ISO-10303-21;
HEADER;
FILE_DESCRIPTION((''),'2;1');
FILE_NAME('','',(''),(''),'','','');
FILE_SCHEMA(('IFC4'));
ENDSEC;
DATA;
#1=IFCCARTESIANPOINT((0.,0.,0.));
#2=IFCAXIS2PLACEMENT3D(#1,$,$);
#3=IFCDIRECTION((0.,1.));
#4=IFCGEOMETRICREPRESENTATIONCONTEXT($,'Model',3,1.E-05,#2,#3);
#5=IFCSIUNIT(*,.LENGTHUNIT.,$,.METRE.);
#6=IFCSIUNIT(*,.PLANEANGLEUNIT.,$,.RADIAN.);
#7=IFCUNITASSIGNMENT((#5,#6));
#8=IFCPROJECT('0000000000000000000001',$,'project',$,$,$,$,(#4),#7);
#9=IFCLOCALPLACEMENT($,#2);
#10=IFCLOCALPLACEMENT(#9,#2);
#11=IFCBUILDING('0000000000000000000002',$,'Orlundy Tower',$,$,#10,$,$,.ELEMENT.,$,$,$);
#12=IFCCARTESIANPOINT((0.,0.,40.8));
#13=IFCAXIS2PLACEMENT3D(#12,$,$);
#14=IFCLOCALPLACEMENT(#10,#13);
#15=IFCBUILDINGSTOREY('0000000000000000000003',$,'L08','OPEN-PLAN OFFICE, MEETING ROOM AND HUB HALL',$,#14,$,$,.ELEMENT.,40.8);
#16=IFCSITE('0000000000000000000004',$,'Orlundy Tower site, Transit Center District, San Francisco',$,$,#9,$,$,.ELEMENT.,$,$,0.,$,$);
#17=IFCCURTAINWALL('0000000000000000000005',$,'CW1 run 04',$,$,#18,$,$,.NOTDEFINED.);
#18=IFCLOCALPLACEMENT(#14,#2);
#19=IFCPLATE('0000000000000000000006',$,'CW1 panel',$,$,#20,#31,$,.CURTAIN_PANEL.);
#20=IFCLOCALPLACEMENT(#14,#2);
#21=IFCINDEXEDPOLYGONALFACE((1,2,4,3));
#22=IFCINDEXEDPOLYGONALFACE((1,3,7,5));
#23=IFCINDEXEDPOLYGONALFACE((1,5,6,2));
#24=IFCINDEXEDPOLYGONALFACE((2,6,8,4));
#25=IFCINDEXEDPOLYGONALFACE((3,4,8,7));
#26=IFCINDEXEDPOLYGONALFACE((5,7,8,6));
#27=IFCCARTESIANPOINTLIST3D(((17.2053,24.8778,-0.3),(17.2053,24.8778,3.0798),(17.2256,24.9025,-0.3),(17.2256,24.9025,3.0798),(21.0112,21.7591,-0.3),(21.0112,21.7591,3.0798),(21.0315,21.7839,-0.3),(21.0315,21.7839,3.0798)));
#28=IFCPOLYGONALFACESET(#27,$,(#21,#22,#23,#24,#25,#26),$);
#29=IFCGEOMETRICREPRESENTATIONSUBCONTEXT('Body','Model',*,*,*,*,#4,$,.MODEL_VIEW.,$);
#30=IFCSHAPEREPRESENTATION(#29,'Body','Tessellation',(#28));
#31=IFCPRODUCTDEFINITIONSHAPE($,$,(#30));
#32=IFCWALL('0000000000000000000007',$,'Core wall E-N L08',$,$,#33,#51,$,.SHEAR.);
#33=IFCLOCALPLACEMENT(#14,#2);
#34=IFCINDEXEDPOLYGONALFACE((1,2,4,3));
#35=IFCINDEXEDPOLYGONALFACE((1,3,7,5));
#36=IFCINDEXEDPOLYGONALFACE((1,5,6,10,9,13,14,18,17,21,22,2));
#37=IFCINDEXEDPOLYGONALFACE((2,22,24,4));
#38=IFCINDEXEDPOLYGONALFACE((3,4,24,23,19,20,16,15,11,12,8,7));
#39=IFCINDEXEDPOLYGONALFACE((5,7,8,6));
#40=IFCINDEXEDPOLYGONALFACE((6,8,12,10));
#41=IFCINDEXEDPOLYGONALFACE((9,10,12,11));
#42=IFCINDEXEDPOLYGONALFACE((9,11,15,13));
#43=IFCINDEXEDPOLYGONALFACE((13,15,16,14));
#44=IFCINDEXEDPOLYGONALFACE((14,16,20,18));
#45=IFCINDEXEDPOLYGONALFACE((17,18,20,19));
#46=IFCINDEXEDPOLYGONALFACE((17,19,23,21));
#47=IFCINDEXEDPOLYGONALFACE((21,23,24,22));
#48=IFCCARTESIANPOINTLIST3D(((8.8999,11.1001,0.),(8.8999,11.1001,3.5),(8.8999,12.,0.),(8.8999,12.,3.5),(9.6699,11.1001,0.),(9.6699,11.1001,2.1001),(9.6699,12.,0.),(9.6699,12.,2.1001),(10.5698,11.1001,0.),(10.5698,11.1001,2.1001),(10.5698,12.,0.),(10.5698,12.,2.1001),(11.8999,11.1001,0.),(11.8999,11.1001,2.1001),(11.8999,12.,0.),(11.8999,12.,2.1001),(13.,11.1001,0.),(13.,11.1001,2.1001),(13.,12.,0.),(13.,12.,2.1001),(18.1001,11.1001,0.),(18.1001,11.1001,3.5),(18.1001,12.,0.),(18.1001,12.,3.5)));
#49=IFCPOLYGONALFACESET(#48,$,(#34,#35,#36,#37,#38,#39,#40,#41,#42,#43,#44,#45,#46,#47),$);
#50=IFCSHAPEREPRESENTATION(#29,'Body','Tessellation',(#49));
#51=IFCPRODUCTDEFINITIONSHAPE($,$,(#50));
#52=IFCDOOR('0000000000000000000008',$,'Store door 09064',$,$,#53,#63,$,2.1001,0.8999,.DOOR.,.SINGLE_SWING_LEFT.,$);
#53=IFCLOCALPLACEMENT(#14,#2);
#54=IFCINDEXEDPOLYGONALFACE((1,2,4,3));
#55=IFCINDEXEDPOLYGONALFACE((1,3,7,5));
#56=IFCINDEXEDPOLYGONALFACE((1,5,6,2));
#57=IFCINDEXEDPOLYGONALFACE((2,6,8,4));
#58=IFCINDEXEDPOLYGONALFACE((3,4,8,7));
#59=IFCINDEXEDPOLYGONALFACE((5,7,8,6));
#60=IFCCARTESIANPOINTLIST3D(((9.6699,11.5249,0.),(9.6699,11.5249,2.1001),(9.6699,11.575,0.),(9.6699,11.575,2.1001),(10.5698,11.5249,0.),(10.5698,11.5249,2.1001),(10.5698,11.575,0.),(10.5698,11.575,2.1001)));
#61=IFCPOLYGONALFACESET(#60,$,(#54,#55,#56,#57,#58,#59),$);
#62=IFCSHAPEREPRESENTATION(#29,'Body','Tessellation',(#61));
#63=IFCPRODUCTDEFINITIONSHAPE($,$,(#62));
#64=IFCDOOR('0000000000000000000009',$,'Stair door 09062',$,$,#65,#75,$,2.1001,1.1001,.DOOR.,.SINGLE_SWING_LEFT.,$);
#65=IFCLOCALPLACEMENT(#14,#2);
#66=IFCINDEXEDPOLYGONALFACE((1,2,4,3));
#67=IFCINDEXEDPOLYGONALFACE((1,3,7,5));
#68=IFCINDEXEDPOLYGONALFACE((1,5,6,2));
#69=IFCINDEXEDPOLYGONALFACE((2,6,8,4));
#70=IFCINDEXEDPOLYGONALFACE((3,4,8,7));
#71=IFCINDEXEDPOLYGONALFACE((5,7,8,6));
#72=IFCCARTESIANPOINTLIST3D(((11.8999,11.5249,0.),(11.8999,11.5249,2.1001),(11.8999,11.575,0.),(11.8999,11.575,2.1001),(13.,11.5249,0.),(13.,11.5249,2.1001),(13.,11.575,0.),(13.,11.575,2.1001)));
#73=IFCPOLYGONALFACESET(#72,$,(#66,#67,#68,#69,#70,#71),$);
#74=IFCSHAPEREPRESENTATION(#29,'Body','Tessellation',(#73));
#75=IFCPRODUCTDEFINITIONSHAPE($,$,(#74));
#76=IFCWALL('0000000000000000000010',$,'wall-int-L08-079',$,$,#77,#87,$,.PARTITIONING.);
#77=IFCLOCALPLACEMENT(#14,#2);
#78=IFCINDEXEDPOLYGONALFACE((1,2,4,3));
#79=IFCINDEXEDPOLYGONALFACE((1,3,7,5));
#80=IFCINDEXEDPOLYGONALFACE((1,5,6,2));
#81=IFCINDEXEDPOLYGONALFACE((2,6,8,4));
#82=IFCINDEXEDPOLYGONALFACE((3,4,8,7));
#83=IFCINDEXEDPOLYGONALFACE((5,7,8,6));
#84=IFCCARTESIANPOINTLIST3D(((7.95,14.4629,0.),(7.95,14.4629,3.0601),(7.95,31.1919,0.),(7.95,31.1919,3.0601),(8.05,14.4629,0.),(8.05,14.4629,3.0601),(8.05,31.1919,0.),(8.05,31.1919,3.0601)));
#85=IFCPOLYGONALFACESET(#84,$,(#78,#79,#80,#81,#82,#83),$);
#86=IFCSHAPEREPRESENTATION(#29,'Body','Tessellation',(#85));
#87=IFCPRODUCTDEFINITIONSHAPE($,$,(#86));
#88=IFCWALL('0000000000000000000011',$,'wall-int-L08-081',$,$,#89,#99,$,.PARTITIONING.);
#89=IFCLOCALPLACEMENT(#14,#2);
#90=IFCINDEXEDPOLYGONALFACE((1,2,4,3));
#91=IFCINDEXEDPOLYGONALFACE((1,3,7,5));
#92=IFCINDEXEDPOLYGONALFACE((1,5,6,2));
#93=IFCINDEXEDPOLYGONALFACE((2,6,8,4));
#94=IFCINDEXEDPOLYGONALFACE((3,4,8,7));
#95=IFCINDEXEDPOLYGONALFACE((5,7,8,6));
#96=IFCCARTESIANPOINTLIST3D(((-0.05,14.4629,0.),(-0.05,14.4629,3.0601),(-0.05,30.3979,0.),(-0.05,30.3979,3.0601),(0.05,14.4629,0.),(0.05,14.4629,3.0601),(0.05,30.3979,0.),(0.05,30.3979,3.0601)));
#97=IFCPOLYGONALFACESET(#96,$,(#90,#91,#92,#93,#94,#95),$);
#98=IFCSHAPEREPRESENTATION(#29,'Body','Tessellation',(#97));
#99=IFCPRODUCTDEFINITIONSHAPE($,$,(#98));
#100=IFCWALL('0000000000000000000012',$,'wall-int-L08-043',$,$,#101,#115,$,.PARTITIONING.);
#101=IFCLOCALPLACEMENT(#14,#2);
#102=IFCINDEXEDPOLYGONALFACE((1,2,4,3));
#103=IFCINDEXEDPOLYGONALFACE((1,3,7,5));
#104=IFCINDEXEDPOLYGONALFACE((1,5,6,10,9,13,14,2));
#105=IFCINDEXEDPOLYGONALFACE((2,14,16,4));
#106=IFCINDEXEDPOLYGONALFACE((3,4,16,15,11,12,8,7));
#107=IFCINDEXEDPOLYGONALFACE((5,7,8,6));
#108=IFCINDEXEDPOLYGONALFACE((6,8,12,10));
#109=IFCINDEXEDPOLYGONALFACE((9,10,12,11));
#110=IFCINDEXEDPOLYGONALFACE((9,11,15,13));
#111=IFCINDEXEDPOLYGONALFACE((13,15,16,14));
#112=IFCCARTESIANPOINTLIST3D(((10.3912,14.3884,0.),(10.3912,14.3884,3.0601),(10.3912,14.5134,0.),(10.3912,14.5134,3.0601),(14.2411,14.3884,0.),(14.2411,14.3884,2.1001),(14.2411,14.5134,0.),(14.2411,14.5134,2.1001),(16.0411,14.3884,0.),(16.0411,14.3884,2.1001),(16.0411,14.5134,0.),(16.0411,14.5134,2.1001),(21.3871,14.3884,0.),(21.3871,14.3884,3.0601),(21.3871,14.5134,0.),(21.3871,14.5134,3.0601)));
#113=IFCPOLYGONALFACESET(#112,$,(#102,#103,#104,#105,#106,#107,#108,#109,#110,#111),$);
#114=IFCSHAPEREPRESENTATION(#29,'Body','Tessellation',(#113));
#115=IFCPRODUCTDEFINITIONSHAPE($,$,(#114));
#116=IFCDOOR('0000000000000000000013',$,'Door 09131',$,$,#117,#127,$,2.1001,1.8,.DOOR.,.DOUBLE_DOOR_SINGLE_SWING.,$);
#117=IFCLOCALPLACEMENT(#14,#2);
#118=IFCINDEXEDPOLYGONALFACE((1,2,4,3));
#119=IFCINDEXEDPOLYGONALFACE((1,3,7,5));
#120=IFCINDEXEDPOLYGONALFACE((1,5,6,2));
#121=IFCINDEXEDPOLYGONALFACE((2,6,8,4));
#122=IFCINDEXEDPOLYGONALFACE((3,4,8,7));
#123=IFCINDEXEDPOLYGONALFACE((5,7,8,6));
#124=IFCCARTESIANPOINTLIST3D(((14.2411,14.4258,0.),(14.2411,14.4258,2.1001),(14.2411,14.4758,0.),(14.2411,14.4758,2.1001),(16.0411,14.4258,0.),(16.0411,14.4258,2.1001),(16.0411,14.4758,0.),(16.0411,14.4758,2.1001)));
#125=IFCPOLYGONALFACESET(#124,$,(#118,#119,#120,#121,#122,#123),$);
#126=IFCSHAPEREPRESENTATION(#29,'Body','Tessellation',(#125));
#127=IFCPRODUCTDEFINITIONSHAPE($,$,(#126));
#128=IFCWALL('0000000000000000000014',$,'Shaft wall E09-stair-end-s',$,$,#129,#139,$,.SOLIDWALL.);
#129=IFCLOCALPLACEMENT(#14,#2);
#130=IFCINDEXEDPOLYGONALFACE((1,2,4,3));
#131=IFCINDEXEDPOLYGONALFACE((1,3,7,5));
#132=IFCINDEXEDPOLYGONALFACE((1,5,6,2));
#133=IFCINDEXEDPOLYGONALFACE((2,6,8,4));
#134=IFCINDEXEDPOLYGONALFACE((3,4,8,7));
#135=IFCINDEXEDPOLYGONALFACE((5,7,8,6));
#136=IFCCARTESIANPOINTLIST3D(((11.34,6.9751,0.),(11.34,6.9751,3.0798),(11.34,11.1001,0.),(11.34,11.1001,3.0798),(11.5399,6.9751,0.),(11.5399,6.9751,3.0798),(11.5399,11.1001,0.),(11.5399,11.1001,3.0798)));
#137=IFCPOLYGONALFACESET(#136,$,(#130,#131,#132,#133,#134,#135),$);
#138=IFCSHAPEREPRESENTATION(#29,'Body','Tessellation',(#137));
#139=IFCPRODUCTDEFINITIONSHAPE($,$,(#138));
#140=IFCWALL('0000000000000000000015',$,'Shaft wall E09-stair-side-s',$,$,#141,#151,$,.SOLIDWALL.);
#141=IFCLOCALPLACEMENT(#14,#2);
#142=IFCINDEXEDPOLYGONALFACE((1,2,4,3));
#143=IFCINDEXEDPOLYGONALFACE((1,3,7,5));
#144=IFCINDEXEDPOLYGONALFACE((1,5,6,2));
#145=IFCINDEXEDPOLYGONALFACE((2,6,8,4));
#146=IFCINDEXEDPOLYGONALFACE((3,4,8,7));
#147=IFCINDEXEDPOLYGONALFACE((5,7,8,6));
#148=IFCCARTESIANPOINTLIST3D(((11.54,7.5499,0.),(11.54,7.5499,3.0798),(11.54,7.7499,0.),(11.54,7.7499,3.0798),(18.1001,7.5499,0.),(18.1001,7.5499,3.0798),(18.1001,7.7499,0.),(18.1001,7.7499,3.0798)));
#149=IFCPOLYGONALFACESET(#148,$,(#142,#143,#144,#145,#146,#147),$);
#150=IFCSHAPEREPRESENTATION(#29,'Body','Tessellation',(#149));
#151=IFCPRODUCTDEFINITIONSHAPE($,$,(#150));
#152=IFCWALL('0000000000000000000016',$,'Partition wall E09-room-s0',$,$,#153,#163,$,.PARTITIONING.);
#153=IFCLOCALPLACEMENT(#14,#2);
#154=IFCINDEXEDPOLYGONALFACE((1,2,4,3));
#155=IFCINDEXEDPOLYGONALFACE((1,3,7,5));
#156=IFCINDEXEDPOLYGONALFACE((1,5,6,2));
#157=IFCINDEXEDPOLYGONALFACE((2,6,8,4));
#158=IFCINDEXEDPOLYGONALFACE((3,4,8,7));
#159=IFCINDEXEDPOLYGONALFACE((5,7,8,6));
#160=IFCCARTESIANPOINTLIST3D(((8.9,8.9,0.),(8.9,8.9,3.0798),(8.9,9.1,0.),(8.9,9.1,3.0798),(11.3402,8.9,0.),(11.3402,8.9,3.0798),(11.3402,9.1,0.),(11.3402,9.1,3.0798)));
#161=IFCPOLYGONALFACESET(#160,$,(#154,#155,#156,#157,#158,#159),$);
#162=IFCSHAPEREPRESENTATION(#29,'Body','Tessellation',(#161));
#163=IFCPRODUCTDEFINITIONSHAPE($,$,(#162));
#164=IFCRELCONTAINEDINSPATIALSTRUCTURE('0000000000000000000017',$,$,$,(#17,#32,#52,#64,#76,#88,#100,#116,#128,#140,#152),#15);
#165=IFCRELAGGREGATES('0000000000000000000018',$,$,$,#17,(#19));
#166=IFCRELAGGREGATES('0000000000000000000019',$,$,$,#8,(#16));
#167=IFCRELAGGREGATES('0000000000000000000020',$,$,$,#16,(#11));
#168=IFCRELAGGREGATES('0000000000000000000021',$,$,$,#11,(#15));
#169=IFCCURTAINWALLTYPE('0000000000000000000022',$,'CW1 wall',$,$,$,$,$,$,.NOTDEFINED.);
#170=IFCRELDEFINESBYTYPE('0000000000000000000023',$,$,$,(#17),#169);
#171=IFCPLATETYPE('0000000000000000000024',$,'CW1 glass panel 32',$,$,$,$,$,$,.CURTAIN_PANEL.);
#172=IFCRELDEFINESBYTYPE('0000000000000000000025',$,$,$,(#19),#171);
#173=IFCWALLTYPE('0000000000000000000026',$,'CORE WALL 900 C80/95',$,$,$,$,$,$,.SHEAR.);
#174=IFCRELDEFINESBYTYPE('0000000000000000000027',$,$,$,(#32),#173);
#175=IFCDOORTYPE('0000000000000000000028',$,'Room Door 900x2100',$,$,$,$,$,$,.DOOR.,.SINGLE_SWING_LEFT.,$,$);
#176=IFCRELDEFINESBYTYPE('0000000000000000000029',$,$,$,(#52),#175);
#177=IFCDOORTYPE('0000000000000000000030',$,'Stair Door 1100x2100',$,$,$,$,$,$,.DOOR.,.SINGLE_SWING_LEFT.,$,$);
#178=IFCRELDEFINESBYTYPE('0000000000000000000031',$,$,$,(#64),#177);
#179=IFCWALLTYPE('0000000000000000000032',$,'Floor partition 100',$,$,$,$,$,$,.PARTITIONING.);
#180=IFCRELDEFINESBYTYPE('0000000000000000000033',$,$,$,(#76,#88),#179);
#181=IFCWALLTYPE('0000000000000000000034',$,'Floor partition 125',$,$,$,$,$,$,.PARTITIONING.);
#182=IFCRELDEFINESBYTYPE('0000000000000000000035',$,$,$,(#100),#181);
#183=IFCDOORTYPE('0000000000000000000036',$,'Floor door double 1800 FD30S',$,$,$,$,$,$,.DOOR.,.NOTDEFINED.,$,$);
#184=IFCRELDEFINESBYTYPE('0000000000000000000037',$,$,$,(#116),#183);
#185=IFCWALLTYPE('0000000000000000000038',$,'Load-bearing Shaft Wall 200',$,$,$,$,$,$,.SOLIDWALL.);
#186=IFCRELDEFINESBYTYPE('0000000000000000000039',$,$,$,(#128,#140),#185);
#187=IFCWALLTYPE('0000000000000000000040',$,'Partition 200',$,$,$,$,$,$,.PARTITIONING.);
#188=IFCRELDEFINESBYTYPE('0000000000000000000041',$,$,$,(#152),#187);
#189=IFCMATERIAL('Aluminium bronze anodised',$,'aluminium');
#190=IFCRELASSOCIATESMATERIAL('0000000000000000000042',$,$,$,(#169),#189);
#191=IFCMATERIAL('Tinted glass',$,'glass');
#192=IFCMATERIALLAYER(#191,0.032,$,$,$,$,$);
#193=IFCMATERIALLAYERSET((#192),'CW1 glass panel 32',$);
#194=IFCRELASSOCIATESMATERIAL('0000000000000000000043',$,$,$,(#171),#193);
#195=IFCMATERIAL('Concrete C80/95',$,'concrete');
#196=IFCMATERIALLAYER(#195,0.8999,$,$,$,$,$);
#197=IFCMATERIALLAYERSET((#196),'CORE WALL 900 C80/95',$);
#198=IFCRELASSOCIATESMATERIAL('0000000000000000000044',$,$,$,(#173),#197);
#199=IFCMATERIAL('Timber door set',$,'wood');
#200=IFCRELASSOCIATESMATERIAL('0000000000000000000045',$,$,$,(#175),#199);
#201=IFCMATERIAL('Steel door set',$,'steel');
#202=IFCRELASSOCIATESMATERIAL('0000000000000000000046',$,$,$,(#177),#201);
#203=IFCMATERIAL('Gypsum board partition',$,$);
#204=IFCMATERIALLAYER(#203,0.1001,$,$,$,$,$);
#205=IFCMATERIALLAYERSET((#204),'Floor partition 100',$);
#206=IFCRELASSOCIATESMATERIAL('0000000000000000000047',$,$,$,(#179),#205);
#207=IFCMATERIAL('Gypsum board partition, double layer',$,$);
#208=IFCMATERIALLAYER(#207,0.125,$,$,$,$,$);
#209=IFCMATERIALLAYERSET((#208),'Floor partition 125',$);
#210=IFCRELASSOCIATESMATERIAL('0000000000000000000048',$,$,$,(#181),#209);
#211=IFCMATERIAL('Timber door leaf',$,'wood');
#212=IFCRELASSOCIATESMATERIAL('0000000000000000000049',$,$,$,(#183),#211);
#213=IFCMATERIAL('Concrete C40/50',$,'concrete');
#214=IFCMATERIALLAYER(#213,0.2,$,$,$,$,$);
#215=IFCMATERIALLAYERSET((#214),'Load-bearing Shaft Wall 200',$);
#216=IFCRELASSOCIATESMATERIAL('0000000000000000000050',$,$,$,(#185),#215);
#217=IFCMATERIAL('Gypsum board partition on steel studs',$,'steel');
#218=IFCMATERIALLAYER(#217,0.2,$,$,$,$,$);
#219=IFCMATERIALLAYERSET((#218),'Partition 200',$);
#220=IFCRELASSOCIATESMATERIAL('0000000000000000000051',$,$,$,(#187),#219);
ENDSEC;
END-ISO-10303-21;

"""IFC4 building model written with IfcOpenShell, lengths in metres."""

from ifc_helpers import new_model, si_unit, direction, frame, frame_2d, origin, origin_2d, place, context, subcontext, project, spatial, rectangle, extrude, material, layer, layer_set, type_object, element, fill, aggregate, save


model = new_model("IFC4")

# Units and contexts
model_context = context("Model", 3, precision=1e-05, world=origin(), true_north=direction((0.0, 1.0)))
body_context = subcontext(model_context, "Body", "Model", "MODEL_VIEW")
ifc_project = project(units=[si_unit("LENGTHUNIT", "METRE"), si_unit("PLANEANGLEUNIT", "RADIAN")], contexts=[model_context])

# Site, building, storey
site_placement = place(None, origin())
site = spatial("IfcSite", under=ifc_project, at=site_placement, Name="Orlundy Tower site, Transit Center District, San Francisco", CompositionType="ELEMENT", RefElevation=0.0)
building_placement = place(site_placement, origin())
building = spatial("IfcBuilding", under=site, at=building_placement, Name="Orlundy Tower", CompositionType="ELEMENT")
storey_placement = place(building_placement, frame((0.0, 0.0, 40.8)))
storey = spatial("IfcBuildingStorey", under=building, at=storey_placement, Name="L08", Description="OPEN-PLAN OFFICE, MEETING ROOM AND HUB HALL", CompositionType="ELEMENT", Elevation=40.8)

# Curtain wall, plate
ifc_material_1 = material(Name="Aluminium bronze anodised", Category="aluminium")
curtain_wall_type = type_object("IfcCurtainWallType", Name="CW1 wall", PredefinedType="NOTDEFINED", material=ifc_material_1)
curtain_wall_placement = place(storey_placement, origin())
curtain_wall = element("IfcCurtainWall", 1, at=curtain_wall_placement, inside=storey, type_object=curtain_wall_type, Name="CW1 run 04", PredefinedType="NOTDEFINED")
ifc_material_2 = material(Name="Tinted glass", Category="glass")
ifc_layer_1 = layer(ifc_material_2, 0.032)
ifc_layer_set_1 = layer_set([ifc_layer_1], Name="CW1 glass panel 32")
plate_type = type_object("IfcPlateType", Name="CW1 glass panel 32", PredefinedType="CURTAIN_PANEL", material=ifc_layer_set_1)
plate_placement = place(storey_placement, frame((19.1184, 23.3308, -0.3), z_axis=(0.0, 0.0, 1.0), x_axis=(0.773482, -0.633818, 0.0)))
plate = element("IfcPlate", 2, at=plate_placement, type_object=plate_type, Name="CW1 panel", PredefinedType="CURTAIN_PANEL", context=body_context, shape_type="SweptSolid", body=[
    extrude(rectangle(XDim=4.9204, YDim=0.032, at=origin_2d()), origin(), (0.0, 0.0, 1.0), 3.3799),
])
aggregate(curtain_wall, [plate])

# Wall, openings, doors
ifc_material_3 = material(Name="Concrete C80/95", Category="concrete")
ifc_layer_2 = layer(ifc_material_3, 0.8999)
ifc_layer_set_2 = layer_set([ifc_layer_2], Name="CORE WALL 900 C80/95")
wall_type_1 = type_object("IfcWallType", Name="CORE WALL 900 C80/95", PredefinedType="SHEAR", material=ifc_layer_set_2)
wall_1_placement = place(storey_placement, frame((8.8999, 11.55, 0.0), z_axis=(0.0, 0.0, 1.0), x_axis=(1.0, 0.0, 0.0)))
wall_1 = element("IfcWall", 3, at=wall_1_placement, inside=storey, type_object=wall_type_1, Name="Core wall E-N L08", PredefinedType="SHEAR", context=body_context, shape_type="SweptSolid", body=[
    extrude(rectangle(XDim=9.2002, YDim=0.8999, at=frame_2d((4.6001, 0.0))), origin(), (0.0, 0.0, 1.0), 3.5),
])
opening_1_placement = place(wall_1_placement, frame((3.0, 0.0, 0.0)))
opening_1 = element("IfcOpeningElement", 4, at=opening_1_placement, cuts=wall_1, PredefinedType="OPENING", context=body_context, shape_type="SweptSolid", body=[
    extrude(rectangle(XDim=1.1001, YDim=2.1001, at=frame_2d((0.55, 1.05))), frame((0.0, 0.46, 0.0), z_axis=(0.0, -1.0, 0.0), x_axis=(1.0, 0.0, 0.0)), (0.0, 0.0, 1.0), 0.9199),
])
opening_2_placement = place(wall_1_placement, frame((0.77, 0.0, 0.0)))
opening_2 = element("IfcOpeningElement", 5, at=opening_2_placement, cuts=wall_1, PredefinedType="OPENING", context=body_context, shape_type="SweptSolid", body=[
    extrude(rectangle(XDim=0.8999, YDim=2.1001, at=frame_2d((0.45, 1.05))), frame((0.0, 0.46, 0.0), z_axis=(0.0, -1.0, 0.0), x_axis=(1.0, 0.0, 0.0)), (0.0, 0.0, 1.0), 0.9199),
])
ifc_material_4 = material(Name="Timber door set", Category="wood")
door_type_1 = type_object("IfcDoorType", Name="Room Door 900x2100", OperationType="SINGLE_SWING_LEFT", PredefinedType="DOOR", material=ifc_material_4)
door_1_placement = place(opening_2_placement, origin())
door_1 = element("IfcDoor", 6, at=door_1_placement, inside=storey, type_object=door_type_1, Name="Store door 09064", OperationType="SINGLE_SWING_LEFT", OverallHeight=2.1001, OverallWidth=0.8999, PredefinedType="DOOR", context=body_context, shape_type="SweptSolid", body=[
    extrude(rectangle(XDim=0.8999, YDim=2.1001, at=frame_2d((0.45, 1.05))), frame((0.0, 0.0249, 0.0), z_axis=(0.0, -1.0, 0.0), x_axis=(1.0, 0.0, 0.0)), (0.0, 0.0, 1.0), 0.05),
])
fill(opening_2, door_1)
ifc_material_5 = material(Name="Steel door set", Category="steel")
door_type_2 = type_object("IfcDoorType", Name="Stair Door 1100x2100", OperationType="SINGLE_SWING_LEFT", PredefinedType="DOOR", material=ifc_material_5)
door_2_placement = place(opening_1_placement, origin())
door_2 = element("IfcDoor", 7, at=door_2_placement, inside=storey, type_object=door_type_2, Name="Stair door 09062", OperationType="SINGLE_SWING_LEFT", OverallHeight=2.1001, OverallWidth=1.1001, PredefinedType="DOOR", context=body_context, shape_type="SweptSolid", body=[
    extrude(rectangle(XDim=1.1001, YDim=2.1001, at=frame_2d((0.55, 1.05))), frame((0.0, 0.0249, 0.0), z_axis=(0.0, -1.0, 0.0), x_axis=(1.0, 0.0, 0.0)), (0.0, 0.0, 1.0), 0.05),
])
fill(opening_1, door_2)

# Walls
ifc_material_6 = material(Name="Gypsum board partition")
ifc_layer_3 = layer(ifc_material_6, 0.1001)
ifc_layer_set_3 = layer_set([ifc_layer_3], Name="Floor partition 100")
wall_type_2 = type_object("IfcWallType", Name="Floor partition 100", PredefinedType="PARTITIONING", material=ifc_layer_set_3)
wall_2_placement = place(storey_placement, frame((8.0, 14.4629, 0.0), z_axis=(0.0, 0.0, 1.0), x_axis=(0.0, 1.0, 0.0)))
element("IfcWall", 8, at=wall_2_placement, inside=storey, type_object=wall_type_2, Name="wall-int-L08-079", PredefinedType="PARTITIONING", context=body_context, shape_type="SweptSolid", body=[
    extrude(rectangle(XDim=16.729, YDim=0.1001, at=frame_2d((8.3645, 0.0))), origin(), (0.0, 0.0, 1.0), 3.0601),
])
wall_3_placement = place(storey_placement, frame((0.0, 14.4629, 0.0), z_axis=(0.0, 0.0, 1.0), x_axis=(0.0, 1.0, 0.0)))
element("IfcWall", 9, at=wall_3_placement, inside=storey, type_object=wall_type_2, Name="wall-int-L08-081", PredefinedType="PARTITIONING", context=body_context, shape_type="SweptSolid", body=[
    extrude(rectangle(XDim=15.9351, YDim=0.1001, at=frame_2d((7.9675, 0.0))), origin(), (0.0, 0.0, 1.0), 3.0601),
])

# Wall, opening, door
ifc_material_7 = material(Name="Gypsum board partition, double layer")
ifc_layer_4 = layer(ifc_material_7, 0.125)
ifc_layer_set_4 = layer_set([ifc_layer_4], Name="Floor partition 125")
wall_type_3 = type_object("IfcWallType", Name="Floor partition 125", PredefinedType="PARTITIONING", material=ifc_layer_set_4)
wall_4_placement = place(storey_placement, frame((10.3911, 14.4509, 0.0), z_axis=(0.0, 0.0, 1.0), x_axis=(1.0, 0.0, 0.0)))
wall_4 = element("IfcWall", 10, at=wall_4_placement, inside=storey, type_object=wall_type_3, Name="wall-int-L08-043", PredefinedType="PARTITIONING", context=body_context, shape_type="SweptSolid", body=[
    extrude(rectangle(XDim=10.9958, YDim=0.125, at=frame_2d((5.498, 0.0))), origin(), (0.0, 0.0, 1.0), 3.0601),
])
opening_3_placement = place(wall_4_placement, frame((3.8501, 0.0, 0.0)))
opening_3 = element("IfcOpeningElement", 11, at=opening_3_placement, cuts=wall_4, PredefinedType="OPENING", context=body_context, shape_type="SweptSolid", body=[
    extrude(rectangle(XDim=1.8, YDim=2.1001, at=frame_2d((0.8999, 1.05))), frame((0.0, 0.0725, 0.0), z_axis=(0.0, -1.0, 0.0), x_axis=(1.0, 0.0, 0.0)), (0.0, 0.0, 1.0), 0.145),
])
ifc_material_8 = material(Name="Timber door leaf", Category="wood")
door_type_3 = type_object("IfcDoorType", Name="Floor door double 1800 FD30S", OperationType="NOTDEFINED", PredefinedType="DOOR", material=ifc_material_8)
door_3_placement = place(opening_3_placement, origin())
door_3 = element("IfcDoor", 12, at=door_3_placement, inside=storey, type_object=door_type_3, Name="Door 09131", OperationType="DOUBLE_DOOR_SINGLE_SWING", OverallHeight=2.1001, OverallWidth=1.8, PredefinedType="DOOR", context=body_context, shape_type="SweptSolid", body=[
    extrude(rectangle(XDim=1.8, YDim=2.1001, at=frame_2d((0.8999, 1.05))), frame((0.0, 0.0249, 0.0), z_axis=(0.0, -1.0, 0.0), x_axis=(1.0, 0.0, 0.0)), (0.0, 0.0, 1.0), 0.05),
])
fill(opening_3, door_3)

# Walls
ifc_material_9 = material(Name="Concrete C40/50", Category="concrete")
ifc_layer_5 = layer(ifc_material_9, 0.2)
ifc_layer_set_5 = layer_set([ifc_layer_5], Name="Load-bearing Shaft Wall 200")
wall_type_4 = type_object("IfcWallType", Name="Load-bearing Shaft Wall 200", PredefinedType="SOLIDWALL", material=ifc_layer_set_5)
wall_5_placement = place(storey_placement, frame((11.4399, 11.1001, 0.0), z_axis=(0.0, 0.0, 1.0), x_axis=(0.0, -1.0, 0.0)))
element("IfcWall", 13, at=wall_5_placement, inside=storey, type_object=wall_type_4, Name="Shaft wall E09-stair-end-s", PredefinedType="SOLIDWALL", context=body_context, shape_type="SweptSolid", body=[
    extrude(rectangle(XDim=4.125, YDim=0.2, at=frame_2d((2.0625, 0.0))), origin(), (0.0, 0.0, 1.0), 3.0798),
])
wall_6_placement = place(storey_placement, frame((11.54, 7.6499, 0.0), z_axis=(0.0, 0.0, 1.0), x_axis=(1.0, 0.0, 0.0)))
element("IfcWall", 14, at=wall_6_placement, inside=storey, type_object=wall_type_4, Name="Shaft wall E09-stair-side-s", PredefinedType="SOLIDWALL", context=body_context, shape_type="SweptSolid", body=[
    extrude(rectangle(XDim=6.5601, YDim=0.2, at=frame_2d((3.28, 0.0))), origin(), (0.0, 0.0, 1.0), 3.0798),
])
ifc_material_10 = material(Name="Gypsum board partition on steel studs", Category="steel")
ifc_layer_6 = layer(ifc_material_10, 0.2)
ifc_layer_set_6 = layer_set([ifc_layer_6], Name="Partition 200")
wall_type_5 = type_object("IfcWallType", Name="Partition 200", PredefinedType="PARTITIONING", material=ifc_layer_set_6)
wall_7_placement = place(storey_placement, frame((8.8999, 9.0, 0.0), z_axis=(0.0, 0.0, 1.0), x_axis=(1.0, 0.0, 0.0)))
element("IfcWall", 15, at=wall_7_placement, inside=storey, type_object=wall_type_5, Name="Partition wall E09-room-s0", PredefinedType="PARTITIONING", context=body_context, shape_type="SweptSolid", body=[
    extrude(rectangle(XDim=2.4402, YDim=0.2, at=frame_2d((1.2202, 0.0))), origin(), (0.0, 0.0, 1.0), 3.0798),
])

save(model, "model.ifc")
